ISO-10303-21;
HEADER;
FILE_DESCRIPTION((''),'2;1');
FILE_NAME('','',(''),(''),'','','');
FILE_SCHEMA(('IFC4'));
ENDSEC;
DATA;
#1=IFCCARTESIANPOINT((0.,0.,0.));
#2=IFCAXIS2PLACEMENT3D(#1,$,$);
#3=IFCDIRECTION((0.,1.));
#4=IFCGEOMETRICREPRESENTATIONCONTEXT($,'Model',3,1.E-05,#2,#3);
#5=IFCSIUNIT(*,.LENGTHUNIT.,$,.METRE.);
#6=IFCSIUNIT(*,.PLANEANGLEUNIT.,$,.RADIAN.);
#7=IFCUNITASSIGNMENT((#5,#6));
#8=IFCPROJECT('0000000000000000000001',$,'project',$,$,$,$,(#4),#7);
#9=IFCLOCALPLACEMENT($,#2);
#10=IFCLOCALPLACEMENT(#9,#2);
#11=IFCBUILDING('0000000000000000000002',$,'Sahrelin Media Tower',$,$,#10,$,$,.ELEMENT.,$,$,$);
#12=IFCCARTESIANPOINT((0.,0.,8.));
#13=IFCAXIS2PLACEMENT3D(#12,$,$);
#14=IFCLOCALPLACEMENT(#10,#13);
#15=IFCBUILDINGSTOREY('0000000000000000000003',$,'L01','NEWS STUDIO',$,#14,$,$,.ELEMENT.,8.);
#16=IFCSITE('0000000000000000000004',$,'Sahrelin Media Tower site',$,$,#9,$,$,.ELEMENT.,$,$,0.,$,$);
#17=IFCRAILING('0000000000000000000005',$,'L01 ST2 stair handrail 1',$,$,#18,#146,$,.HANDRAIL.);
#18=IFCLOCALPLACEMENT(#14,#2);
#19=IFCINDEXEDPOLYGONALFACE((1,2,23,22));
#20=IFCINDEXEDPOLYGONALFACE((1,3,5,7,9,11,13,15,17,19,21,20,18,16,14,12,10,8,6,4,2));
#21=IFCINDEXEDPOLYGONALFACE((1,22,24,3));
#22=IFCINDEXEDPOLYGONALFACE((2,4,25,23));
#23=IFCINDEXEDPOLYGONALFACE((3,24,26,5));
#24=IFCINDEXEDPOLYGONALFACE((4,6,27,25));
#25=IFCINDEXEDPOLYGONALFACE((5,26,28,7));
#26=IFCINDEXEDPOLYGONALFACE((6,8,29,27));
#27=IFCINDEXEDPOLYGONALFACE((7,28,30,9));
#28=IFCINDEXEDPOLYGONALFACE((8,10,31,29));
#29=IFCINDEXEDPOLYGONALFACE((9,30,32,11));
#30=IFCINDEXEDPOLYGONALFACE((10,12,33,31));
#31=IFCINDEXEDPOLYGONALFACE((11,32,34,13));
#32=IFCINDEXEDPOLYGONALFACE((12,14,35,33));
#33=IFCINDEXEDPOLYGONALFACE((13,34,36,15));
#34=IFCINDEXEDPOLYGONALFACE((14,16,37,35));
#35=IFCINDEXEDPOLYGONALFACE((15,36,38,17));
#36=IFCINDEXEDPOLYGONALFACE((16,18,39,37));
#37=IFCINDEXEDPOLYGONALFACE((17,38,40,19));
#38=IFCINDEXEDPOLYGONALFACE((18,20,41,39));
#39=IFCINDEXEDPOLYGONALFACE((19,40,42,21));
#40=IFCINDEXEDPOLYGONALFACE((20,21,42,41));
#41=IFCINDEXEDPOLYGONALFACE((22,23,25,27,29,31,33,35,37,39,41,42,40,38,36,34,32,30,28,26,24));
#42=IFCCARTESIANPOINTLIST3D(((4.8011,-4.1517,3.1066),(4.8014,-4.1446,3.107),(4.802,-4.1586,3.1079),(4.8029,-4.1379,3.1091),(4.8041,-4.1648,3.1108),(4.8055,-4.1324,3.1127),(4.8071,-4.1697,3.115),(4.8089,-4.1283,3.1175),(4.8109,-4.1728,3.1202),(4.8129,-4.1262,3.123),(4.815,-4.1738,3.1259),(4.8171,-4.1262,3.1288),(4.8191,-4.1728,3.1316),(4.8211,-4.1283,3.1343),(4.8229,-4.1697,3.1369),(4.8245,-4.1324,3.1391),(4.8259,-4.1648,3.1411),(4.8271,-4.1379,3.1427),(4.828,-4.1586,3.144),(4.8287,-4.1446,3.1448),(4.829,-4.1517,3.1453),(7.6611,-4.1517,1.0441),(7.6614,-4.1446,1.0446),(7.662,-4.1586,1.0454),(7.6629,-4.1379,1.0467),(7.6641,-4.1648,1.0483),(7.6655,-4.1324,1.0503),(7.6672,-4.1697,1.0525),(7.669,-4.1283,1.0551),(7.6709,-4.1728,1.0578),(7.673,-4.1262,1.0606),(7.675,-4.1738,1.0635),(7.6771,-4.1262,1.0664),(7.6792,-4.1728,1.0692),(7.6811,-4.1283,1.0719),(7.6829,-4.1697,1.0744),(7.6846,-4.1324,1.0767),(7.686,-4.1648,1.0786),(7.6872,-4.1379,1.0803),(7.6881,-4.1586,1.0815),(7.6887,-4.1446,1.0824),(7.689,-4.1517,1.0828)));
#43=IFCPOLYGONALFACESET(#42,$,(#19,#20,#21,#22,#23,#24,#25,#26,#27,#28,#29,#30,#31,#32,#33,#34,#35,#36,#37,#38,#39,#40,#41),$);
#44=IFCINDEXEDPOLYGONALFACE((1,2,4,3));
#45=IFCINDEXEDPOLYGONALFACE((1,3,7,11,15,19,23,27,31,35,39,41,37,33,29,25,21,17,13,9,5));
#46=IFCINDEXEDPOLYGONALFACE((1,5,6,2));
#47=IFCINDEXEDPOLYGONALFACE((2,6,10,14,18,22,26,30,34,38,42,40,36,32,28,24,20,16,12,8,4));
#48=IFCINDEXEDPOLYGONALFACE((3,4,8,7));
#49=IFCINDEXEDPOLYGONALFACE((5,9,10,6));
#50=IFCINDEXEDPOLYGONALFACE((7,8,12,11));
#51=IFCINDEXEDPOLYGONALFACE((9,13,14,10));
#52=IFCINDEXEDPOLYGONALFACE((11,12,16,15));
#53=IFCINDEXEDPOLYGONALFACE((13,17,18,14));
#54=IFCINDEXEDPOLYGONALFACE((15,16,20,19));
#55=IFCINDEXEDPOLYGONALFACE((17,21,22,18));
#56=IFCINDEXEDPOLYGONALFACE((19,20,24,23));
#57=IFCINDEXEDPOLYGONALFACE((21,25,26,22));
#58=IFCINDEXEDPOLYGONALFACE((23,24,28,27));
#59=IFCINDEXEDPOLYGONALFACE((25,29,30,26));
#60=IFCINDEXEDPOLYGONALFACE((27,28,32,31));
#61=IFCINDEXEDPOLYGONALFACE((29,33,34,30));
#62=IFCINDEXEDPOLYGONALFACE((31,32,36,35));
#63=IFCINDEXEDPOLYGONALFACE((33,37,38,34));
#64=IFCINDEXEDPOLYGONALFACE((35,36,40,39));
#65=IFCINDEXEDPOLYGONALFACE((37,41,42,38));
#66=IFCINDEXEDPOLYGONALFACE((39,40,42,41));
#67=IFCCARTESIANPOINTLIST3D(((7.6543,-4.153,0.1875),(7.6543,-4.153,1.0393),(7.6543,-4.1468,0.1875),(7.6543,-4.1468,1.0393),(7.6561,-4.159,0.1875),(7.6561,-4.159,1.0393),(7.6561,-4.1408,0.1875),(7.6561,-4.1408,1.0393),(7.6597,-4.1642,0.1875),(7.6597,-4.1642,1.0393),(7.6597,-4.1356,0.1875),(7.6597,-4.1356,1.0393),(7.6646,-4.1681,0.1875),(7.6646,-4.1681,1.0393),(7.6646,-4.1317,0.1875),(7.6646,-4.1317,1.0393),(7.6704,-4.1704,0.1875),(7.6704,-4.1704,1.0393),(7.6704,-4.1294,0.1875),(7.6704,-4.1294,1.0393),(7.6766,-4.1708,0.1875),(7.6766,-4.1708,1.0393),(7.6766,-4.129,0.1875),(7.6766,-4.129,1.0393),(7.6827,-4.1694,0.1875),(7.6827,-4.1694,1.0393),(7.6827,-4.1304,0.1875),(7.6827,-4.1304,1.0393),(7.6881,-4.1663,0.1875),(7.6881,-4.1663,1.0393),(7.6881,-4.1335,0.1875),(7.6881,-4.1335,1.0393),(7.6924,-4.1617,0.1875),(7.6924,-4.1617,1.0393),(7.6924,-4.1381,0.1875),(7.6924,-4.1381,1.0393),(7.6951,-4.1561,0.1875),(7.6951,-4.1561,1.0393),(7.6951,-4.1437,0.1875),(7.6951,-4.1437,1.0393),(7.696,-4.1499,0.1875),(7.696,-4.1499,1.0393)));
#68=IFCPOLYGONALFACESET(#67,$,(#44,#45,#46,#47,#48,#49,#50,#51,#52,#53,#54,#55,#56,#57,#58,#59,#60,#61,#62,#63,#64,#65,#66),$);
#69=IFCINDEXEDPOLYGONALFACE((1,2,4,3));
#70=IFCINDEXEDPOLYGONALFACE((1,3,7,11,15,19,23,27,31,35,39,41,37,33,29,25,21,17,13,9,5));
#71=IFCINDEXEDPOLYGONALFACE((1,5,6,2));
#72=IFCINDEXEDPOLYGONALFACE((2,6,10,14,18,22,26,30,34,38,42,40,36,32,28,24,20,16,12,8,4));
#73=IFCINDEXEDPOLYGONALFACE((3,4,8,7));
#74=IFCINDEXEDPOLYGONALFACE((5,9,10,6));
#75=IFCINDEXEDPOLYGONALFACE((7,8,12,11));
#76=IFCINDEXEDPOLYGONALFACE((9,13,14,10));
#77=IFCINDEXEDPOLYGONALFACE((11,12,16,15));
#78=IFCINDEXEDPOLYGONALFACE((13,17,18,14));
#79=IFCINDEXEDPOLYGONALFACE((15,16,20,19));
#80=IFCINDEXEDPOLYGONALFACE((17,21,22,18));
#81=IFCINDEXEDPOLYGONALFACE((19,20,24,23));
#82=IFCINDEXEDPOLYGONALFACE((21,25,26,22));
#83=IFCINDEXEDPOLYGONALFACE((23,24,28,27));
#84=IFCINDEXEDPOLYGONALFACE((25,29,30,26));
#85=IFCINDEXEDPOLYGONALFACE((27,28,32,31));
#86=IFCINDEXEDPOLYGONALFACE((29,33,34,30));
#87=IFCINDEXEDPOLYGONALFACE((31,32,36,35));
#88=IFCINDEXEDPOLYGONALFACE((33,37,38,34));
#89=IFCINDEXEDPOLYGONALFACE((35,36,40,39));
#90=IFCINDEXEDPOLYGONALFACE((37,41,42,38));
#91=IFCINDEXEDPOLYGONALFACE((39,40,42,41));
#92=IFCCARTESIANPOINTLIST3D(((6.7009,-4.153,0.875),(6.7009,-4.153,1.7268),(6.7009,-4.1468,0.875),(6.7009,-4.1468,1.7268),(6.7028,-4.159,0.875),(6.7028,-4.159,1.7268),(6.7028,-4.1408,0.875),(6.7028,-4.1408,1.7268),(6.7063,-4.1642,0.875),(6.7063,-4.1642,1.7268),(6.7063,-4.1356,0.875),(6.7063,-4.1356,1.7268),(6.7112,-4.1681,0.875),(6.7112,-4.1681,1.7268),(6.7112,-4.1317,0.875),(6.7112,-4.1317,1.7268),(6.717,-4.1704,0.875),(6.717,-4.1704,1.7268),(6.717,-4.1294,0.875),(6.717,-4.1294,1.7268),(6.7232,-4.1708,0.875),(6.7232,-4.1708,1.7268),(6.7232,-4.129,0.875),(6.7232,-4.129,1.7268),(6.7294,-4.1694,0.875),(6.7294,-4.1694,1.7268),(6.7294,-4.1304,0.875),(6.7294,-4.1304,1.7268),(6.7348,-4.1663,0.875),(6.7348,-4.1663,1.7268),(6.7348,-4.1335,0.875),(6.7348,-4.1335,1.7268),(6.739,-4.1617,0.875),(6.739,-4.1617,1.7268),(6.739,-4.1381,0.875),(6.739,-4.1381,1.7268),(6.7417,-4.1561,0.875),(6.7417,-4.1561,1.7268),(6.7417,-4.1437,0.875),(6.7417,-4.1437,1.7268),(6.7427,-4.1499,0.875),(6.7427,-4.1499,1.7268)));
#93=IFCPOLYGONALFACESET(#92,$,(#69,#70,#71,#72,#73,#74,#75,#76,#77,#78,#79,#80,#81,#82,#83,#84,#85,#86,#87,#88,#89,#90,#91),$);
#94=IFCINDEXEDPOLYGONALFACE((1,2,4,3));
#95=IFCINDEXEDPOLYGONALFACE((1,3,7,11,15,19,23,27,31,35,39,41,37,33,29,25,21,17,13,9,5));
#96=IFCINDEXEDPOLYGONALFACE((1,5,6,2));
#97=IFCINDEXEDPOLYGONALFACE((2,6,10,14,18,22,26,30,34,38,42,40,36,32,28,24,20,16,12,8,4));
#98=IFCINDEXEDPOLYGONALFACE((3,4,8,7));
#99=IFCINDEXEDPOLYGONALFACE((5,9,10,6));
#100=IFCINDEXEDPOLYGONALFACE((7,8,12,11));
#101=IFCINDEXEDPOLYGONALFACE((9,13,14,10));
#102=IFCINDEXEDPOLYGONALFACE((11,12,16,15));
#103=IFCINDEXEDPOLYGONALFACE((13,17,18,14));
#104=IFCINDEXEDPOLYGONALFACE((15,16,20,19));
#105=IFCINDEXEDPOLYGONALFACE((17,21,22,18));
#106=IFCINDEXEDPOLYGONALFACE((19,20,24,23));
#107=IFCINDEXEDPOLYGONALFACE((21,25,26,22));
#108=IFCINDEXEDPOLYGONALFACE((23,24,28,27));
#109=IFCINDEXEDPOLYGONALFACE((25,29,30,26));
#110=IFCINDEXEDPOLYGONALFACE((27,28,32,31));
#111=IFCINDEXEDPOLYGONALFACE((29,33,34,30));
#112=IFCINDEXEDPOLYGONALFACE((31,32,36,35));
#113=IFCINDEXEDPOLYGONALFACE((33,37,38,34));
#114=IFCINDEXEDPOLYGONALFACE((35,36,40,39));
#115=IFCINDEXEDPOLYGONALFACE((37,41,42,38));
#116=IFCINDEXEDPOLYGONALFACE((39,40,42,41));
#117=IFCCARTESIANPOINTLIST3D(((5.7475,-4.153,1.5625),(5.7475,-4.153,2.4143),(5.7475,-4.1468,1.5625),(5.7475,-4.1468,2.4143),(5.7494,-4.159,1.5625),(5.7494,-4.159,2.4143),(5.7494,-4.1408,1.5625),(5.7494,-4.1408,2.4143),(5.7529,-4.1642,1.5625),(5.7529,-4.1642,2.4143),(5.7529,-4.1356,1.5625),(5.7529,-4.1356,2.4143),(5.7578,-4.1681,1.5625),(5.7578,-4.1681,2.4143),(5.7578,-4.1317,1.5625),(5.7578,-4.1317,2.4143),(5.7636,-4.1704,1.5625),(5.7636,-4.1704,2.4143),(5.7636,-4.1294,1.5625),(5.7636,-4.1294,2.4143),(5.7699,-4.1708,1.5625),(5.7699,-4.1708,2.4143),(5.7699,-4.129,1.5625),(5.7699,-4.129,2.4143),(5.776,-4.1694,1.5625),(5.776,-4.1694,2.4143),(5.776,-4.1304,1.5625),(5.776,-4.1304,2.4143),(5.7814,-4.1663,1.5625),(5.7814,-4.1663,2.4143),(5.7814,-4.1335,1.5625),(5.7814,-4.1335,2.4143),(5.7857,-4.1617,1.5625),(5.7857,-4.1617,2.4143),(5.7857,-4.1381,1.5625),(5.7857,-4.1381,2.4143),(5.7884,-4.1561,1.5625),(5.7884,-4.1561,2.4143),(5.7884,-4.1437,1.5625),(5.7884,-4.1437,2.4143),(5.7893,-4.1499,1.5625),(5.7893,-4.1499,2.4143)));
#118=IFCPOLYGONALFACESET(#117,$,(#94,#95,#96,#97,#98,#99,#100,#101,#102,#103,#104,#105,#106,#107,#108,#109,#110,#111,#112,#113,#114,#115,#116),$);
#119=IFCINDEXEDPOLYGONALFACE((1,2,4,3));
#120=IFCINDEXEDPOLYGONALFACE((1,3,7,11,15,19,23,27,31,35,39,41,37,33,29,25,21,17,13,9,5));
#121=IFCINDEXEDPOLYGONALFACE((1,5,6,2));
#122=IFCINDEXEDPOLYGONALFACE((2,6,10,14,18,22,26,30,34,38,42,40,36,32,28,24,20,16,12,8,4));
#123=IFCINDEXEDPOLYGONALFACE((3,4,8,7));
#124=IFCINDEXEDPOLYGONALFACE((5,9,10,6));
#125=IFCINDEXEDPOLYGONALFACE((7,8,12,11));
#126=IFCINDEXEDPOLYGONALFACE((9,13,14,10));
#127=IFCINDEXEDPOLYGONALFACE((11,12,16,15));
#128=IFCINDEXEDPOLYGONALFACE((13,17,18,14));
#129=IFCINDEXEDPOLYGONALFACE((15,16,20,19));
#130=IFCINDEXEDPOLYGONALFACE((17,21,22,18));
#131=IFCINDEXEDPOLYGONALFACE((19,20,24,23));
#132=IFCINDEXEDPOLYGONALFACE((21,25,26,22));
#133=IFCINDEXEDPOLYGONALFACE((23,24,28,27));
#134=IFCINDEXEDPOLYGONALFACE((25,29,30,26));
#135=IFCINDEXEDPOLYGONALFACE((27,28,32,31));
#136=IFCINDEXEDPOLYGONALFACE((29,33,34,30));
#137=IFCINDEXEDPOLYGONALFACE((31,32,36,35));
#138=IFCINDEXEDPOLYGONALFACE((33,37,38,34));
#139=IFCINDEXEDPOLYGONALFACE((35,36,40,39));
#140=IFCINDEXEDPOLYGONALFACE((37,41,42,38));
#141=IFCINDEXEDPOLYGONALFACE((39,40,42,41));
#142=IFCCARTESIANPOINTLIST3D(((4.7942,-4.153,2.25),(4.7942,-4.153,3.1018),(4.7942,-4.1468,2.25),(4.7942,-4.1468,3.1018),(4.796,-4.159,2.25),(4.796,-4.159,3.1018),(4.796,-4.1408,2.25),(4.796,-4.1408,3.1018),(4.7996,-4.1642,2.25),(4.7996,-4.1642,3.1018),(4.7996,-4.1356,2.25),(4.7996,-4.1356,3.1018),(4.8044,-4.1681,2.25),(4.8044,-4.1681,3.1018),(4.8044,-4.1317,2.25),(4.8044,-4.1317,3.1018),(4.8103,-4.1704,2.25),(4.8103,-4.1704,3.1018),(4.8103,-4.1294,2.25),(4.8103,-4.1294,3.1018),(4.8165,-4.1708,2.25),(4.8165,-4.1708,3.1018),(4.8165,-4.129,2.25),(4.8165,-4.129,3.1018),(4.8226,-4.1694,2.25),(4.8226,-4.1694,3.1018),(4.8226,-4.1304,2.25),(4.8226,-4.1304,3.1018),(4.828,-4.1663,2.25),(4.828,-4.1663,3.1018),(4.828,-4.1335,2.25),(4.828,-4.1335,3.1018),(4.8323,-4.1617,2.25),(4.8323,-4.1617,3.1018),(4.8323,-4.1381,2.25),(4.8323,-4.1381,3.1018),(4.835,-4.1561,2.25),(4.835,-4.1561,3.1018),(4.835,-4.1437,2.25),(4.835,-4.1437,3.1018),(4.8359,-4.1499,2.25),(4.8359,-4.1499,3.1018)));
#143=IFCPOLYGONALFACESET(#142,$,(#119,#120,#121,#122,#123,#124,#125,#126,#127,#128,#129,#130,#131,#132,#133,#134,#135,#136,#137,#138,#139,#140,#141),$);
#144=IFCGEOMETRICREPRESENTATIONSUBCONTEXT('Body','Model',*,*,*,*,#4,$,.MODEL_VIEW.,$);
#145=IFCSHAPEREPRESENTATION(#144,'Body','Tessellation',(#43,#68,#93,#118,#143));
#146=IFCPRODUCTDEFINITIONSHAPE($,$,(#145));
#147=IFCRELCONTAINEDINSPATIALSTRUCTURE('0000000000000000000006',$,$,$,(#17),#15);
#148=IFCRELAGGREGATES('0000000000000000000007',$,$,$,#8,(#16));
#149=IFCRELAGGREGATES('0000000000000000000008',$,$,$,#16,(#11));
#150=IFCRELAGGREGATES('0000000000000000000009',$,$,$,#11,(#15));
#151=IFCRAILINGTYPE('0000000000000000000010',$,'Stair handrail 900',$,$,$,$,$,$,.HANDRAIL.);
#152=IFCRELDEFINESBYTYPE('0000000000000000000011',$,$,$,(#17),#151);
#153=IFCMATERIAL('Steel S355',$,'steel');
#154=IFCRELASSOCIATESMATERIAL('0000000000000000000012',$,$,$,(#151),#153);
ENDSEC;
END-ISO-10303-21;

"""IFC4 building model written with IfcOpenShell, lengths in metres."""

from ifc_helpers import new_model, si_unit, direction, frame, origin, origin_2d, place, context, subcontext, project, spatial, circle, extrude, material, type_object, element, save


model = new_model("IFC4")

# Units and contexts
model_context = context("Model", 3, precision=1e-05, world=origin(), true_north=direction((0.0, 1.0)))
body_context = subcontext(model_context, "Body", "Model", "MODEL_VIEW")
ifc_project = project(units=[si_unit("LENGTHUNIT", "METRE"), si_unit("PLANEANGLEUNIT", "RADIAN")], contexts=[model_context])

# Site, building, storey
site_placement = place(None, origin())
site = spatial("IfcSite", under=ifc_project, at=site_placement, Name="Sahrelin Media Tower site", CompositionType="ELEMENT", RefElevation=0.0)
building_placement = place(site_placement, origin())
building = spatial("IfcBuilding", under=site, at=building_placement, Name="Sahrelin Media Tower", CompositionType="ELEMENT")
storey_placement = place(building_placement, frame((0.0, 0.0, 8.0)))
storey = spatial("IfcBuildingStorey", under=building, at=storey_placement, Name="L01", Description="NEWS STUDIO", CompositionType="ELEMENT", Elevation=8.0)

# Railing
ifc_material_1 = material(Name="Steel S355", Category="steel")
railing_type_1 = type_object("IfcRailingType", Name="Stair handrail 900", PredefinedType="HANDRAIL", material=ifc_material_1)
railing_1_placement = place(storey_placement, frame((7.675, -4.1499, 0.1875)))
element("IfcRailing", 1, at=railing_1_placement, inside=storey, type_object=railing_type_1, Name="L01 ST2 stair handrail 1", PredefinedType="HANDRAIL", context=body_context, shape_type="SweptSolid", body=[
    extrude(circle(Radius=0.0239, at=origin_2d()), frame((0.0, 0.0, 0.876), z_axis=(-0.811101, 0.0, 0.584906), x_axis=(0.0, -1.0, 0.0)), (0.0, 0.0, 1.0), 3.5261),
    extrude(circle(Radius=0.021, at=origin_2d()), origin(), (0.0, 0.0, 1.0), 0.8518),
    extrude(circle(Radius=0.021, at=origin_2d()), frame((-0.9534, 0.0, 0.6875)), (0.0, 0.0, 1.0), 0.8518),
    extrude(circle(Radius=0.021, at=origin_2d()), frame((-1.9067, 0.0, 1.375)), (0.0, 0.0, 1.0), 0.8518),
    extrude(circle(Radius=0.021, at=origin_2d()), frame((-2.8601, 0.0, 2.0625)), (0.0, 0.0, 1.0), 0.8518),
])

save(model, "model.ifc")
